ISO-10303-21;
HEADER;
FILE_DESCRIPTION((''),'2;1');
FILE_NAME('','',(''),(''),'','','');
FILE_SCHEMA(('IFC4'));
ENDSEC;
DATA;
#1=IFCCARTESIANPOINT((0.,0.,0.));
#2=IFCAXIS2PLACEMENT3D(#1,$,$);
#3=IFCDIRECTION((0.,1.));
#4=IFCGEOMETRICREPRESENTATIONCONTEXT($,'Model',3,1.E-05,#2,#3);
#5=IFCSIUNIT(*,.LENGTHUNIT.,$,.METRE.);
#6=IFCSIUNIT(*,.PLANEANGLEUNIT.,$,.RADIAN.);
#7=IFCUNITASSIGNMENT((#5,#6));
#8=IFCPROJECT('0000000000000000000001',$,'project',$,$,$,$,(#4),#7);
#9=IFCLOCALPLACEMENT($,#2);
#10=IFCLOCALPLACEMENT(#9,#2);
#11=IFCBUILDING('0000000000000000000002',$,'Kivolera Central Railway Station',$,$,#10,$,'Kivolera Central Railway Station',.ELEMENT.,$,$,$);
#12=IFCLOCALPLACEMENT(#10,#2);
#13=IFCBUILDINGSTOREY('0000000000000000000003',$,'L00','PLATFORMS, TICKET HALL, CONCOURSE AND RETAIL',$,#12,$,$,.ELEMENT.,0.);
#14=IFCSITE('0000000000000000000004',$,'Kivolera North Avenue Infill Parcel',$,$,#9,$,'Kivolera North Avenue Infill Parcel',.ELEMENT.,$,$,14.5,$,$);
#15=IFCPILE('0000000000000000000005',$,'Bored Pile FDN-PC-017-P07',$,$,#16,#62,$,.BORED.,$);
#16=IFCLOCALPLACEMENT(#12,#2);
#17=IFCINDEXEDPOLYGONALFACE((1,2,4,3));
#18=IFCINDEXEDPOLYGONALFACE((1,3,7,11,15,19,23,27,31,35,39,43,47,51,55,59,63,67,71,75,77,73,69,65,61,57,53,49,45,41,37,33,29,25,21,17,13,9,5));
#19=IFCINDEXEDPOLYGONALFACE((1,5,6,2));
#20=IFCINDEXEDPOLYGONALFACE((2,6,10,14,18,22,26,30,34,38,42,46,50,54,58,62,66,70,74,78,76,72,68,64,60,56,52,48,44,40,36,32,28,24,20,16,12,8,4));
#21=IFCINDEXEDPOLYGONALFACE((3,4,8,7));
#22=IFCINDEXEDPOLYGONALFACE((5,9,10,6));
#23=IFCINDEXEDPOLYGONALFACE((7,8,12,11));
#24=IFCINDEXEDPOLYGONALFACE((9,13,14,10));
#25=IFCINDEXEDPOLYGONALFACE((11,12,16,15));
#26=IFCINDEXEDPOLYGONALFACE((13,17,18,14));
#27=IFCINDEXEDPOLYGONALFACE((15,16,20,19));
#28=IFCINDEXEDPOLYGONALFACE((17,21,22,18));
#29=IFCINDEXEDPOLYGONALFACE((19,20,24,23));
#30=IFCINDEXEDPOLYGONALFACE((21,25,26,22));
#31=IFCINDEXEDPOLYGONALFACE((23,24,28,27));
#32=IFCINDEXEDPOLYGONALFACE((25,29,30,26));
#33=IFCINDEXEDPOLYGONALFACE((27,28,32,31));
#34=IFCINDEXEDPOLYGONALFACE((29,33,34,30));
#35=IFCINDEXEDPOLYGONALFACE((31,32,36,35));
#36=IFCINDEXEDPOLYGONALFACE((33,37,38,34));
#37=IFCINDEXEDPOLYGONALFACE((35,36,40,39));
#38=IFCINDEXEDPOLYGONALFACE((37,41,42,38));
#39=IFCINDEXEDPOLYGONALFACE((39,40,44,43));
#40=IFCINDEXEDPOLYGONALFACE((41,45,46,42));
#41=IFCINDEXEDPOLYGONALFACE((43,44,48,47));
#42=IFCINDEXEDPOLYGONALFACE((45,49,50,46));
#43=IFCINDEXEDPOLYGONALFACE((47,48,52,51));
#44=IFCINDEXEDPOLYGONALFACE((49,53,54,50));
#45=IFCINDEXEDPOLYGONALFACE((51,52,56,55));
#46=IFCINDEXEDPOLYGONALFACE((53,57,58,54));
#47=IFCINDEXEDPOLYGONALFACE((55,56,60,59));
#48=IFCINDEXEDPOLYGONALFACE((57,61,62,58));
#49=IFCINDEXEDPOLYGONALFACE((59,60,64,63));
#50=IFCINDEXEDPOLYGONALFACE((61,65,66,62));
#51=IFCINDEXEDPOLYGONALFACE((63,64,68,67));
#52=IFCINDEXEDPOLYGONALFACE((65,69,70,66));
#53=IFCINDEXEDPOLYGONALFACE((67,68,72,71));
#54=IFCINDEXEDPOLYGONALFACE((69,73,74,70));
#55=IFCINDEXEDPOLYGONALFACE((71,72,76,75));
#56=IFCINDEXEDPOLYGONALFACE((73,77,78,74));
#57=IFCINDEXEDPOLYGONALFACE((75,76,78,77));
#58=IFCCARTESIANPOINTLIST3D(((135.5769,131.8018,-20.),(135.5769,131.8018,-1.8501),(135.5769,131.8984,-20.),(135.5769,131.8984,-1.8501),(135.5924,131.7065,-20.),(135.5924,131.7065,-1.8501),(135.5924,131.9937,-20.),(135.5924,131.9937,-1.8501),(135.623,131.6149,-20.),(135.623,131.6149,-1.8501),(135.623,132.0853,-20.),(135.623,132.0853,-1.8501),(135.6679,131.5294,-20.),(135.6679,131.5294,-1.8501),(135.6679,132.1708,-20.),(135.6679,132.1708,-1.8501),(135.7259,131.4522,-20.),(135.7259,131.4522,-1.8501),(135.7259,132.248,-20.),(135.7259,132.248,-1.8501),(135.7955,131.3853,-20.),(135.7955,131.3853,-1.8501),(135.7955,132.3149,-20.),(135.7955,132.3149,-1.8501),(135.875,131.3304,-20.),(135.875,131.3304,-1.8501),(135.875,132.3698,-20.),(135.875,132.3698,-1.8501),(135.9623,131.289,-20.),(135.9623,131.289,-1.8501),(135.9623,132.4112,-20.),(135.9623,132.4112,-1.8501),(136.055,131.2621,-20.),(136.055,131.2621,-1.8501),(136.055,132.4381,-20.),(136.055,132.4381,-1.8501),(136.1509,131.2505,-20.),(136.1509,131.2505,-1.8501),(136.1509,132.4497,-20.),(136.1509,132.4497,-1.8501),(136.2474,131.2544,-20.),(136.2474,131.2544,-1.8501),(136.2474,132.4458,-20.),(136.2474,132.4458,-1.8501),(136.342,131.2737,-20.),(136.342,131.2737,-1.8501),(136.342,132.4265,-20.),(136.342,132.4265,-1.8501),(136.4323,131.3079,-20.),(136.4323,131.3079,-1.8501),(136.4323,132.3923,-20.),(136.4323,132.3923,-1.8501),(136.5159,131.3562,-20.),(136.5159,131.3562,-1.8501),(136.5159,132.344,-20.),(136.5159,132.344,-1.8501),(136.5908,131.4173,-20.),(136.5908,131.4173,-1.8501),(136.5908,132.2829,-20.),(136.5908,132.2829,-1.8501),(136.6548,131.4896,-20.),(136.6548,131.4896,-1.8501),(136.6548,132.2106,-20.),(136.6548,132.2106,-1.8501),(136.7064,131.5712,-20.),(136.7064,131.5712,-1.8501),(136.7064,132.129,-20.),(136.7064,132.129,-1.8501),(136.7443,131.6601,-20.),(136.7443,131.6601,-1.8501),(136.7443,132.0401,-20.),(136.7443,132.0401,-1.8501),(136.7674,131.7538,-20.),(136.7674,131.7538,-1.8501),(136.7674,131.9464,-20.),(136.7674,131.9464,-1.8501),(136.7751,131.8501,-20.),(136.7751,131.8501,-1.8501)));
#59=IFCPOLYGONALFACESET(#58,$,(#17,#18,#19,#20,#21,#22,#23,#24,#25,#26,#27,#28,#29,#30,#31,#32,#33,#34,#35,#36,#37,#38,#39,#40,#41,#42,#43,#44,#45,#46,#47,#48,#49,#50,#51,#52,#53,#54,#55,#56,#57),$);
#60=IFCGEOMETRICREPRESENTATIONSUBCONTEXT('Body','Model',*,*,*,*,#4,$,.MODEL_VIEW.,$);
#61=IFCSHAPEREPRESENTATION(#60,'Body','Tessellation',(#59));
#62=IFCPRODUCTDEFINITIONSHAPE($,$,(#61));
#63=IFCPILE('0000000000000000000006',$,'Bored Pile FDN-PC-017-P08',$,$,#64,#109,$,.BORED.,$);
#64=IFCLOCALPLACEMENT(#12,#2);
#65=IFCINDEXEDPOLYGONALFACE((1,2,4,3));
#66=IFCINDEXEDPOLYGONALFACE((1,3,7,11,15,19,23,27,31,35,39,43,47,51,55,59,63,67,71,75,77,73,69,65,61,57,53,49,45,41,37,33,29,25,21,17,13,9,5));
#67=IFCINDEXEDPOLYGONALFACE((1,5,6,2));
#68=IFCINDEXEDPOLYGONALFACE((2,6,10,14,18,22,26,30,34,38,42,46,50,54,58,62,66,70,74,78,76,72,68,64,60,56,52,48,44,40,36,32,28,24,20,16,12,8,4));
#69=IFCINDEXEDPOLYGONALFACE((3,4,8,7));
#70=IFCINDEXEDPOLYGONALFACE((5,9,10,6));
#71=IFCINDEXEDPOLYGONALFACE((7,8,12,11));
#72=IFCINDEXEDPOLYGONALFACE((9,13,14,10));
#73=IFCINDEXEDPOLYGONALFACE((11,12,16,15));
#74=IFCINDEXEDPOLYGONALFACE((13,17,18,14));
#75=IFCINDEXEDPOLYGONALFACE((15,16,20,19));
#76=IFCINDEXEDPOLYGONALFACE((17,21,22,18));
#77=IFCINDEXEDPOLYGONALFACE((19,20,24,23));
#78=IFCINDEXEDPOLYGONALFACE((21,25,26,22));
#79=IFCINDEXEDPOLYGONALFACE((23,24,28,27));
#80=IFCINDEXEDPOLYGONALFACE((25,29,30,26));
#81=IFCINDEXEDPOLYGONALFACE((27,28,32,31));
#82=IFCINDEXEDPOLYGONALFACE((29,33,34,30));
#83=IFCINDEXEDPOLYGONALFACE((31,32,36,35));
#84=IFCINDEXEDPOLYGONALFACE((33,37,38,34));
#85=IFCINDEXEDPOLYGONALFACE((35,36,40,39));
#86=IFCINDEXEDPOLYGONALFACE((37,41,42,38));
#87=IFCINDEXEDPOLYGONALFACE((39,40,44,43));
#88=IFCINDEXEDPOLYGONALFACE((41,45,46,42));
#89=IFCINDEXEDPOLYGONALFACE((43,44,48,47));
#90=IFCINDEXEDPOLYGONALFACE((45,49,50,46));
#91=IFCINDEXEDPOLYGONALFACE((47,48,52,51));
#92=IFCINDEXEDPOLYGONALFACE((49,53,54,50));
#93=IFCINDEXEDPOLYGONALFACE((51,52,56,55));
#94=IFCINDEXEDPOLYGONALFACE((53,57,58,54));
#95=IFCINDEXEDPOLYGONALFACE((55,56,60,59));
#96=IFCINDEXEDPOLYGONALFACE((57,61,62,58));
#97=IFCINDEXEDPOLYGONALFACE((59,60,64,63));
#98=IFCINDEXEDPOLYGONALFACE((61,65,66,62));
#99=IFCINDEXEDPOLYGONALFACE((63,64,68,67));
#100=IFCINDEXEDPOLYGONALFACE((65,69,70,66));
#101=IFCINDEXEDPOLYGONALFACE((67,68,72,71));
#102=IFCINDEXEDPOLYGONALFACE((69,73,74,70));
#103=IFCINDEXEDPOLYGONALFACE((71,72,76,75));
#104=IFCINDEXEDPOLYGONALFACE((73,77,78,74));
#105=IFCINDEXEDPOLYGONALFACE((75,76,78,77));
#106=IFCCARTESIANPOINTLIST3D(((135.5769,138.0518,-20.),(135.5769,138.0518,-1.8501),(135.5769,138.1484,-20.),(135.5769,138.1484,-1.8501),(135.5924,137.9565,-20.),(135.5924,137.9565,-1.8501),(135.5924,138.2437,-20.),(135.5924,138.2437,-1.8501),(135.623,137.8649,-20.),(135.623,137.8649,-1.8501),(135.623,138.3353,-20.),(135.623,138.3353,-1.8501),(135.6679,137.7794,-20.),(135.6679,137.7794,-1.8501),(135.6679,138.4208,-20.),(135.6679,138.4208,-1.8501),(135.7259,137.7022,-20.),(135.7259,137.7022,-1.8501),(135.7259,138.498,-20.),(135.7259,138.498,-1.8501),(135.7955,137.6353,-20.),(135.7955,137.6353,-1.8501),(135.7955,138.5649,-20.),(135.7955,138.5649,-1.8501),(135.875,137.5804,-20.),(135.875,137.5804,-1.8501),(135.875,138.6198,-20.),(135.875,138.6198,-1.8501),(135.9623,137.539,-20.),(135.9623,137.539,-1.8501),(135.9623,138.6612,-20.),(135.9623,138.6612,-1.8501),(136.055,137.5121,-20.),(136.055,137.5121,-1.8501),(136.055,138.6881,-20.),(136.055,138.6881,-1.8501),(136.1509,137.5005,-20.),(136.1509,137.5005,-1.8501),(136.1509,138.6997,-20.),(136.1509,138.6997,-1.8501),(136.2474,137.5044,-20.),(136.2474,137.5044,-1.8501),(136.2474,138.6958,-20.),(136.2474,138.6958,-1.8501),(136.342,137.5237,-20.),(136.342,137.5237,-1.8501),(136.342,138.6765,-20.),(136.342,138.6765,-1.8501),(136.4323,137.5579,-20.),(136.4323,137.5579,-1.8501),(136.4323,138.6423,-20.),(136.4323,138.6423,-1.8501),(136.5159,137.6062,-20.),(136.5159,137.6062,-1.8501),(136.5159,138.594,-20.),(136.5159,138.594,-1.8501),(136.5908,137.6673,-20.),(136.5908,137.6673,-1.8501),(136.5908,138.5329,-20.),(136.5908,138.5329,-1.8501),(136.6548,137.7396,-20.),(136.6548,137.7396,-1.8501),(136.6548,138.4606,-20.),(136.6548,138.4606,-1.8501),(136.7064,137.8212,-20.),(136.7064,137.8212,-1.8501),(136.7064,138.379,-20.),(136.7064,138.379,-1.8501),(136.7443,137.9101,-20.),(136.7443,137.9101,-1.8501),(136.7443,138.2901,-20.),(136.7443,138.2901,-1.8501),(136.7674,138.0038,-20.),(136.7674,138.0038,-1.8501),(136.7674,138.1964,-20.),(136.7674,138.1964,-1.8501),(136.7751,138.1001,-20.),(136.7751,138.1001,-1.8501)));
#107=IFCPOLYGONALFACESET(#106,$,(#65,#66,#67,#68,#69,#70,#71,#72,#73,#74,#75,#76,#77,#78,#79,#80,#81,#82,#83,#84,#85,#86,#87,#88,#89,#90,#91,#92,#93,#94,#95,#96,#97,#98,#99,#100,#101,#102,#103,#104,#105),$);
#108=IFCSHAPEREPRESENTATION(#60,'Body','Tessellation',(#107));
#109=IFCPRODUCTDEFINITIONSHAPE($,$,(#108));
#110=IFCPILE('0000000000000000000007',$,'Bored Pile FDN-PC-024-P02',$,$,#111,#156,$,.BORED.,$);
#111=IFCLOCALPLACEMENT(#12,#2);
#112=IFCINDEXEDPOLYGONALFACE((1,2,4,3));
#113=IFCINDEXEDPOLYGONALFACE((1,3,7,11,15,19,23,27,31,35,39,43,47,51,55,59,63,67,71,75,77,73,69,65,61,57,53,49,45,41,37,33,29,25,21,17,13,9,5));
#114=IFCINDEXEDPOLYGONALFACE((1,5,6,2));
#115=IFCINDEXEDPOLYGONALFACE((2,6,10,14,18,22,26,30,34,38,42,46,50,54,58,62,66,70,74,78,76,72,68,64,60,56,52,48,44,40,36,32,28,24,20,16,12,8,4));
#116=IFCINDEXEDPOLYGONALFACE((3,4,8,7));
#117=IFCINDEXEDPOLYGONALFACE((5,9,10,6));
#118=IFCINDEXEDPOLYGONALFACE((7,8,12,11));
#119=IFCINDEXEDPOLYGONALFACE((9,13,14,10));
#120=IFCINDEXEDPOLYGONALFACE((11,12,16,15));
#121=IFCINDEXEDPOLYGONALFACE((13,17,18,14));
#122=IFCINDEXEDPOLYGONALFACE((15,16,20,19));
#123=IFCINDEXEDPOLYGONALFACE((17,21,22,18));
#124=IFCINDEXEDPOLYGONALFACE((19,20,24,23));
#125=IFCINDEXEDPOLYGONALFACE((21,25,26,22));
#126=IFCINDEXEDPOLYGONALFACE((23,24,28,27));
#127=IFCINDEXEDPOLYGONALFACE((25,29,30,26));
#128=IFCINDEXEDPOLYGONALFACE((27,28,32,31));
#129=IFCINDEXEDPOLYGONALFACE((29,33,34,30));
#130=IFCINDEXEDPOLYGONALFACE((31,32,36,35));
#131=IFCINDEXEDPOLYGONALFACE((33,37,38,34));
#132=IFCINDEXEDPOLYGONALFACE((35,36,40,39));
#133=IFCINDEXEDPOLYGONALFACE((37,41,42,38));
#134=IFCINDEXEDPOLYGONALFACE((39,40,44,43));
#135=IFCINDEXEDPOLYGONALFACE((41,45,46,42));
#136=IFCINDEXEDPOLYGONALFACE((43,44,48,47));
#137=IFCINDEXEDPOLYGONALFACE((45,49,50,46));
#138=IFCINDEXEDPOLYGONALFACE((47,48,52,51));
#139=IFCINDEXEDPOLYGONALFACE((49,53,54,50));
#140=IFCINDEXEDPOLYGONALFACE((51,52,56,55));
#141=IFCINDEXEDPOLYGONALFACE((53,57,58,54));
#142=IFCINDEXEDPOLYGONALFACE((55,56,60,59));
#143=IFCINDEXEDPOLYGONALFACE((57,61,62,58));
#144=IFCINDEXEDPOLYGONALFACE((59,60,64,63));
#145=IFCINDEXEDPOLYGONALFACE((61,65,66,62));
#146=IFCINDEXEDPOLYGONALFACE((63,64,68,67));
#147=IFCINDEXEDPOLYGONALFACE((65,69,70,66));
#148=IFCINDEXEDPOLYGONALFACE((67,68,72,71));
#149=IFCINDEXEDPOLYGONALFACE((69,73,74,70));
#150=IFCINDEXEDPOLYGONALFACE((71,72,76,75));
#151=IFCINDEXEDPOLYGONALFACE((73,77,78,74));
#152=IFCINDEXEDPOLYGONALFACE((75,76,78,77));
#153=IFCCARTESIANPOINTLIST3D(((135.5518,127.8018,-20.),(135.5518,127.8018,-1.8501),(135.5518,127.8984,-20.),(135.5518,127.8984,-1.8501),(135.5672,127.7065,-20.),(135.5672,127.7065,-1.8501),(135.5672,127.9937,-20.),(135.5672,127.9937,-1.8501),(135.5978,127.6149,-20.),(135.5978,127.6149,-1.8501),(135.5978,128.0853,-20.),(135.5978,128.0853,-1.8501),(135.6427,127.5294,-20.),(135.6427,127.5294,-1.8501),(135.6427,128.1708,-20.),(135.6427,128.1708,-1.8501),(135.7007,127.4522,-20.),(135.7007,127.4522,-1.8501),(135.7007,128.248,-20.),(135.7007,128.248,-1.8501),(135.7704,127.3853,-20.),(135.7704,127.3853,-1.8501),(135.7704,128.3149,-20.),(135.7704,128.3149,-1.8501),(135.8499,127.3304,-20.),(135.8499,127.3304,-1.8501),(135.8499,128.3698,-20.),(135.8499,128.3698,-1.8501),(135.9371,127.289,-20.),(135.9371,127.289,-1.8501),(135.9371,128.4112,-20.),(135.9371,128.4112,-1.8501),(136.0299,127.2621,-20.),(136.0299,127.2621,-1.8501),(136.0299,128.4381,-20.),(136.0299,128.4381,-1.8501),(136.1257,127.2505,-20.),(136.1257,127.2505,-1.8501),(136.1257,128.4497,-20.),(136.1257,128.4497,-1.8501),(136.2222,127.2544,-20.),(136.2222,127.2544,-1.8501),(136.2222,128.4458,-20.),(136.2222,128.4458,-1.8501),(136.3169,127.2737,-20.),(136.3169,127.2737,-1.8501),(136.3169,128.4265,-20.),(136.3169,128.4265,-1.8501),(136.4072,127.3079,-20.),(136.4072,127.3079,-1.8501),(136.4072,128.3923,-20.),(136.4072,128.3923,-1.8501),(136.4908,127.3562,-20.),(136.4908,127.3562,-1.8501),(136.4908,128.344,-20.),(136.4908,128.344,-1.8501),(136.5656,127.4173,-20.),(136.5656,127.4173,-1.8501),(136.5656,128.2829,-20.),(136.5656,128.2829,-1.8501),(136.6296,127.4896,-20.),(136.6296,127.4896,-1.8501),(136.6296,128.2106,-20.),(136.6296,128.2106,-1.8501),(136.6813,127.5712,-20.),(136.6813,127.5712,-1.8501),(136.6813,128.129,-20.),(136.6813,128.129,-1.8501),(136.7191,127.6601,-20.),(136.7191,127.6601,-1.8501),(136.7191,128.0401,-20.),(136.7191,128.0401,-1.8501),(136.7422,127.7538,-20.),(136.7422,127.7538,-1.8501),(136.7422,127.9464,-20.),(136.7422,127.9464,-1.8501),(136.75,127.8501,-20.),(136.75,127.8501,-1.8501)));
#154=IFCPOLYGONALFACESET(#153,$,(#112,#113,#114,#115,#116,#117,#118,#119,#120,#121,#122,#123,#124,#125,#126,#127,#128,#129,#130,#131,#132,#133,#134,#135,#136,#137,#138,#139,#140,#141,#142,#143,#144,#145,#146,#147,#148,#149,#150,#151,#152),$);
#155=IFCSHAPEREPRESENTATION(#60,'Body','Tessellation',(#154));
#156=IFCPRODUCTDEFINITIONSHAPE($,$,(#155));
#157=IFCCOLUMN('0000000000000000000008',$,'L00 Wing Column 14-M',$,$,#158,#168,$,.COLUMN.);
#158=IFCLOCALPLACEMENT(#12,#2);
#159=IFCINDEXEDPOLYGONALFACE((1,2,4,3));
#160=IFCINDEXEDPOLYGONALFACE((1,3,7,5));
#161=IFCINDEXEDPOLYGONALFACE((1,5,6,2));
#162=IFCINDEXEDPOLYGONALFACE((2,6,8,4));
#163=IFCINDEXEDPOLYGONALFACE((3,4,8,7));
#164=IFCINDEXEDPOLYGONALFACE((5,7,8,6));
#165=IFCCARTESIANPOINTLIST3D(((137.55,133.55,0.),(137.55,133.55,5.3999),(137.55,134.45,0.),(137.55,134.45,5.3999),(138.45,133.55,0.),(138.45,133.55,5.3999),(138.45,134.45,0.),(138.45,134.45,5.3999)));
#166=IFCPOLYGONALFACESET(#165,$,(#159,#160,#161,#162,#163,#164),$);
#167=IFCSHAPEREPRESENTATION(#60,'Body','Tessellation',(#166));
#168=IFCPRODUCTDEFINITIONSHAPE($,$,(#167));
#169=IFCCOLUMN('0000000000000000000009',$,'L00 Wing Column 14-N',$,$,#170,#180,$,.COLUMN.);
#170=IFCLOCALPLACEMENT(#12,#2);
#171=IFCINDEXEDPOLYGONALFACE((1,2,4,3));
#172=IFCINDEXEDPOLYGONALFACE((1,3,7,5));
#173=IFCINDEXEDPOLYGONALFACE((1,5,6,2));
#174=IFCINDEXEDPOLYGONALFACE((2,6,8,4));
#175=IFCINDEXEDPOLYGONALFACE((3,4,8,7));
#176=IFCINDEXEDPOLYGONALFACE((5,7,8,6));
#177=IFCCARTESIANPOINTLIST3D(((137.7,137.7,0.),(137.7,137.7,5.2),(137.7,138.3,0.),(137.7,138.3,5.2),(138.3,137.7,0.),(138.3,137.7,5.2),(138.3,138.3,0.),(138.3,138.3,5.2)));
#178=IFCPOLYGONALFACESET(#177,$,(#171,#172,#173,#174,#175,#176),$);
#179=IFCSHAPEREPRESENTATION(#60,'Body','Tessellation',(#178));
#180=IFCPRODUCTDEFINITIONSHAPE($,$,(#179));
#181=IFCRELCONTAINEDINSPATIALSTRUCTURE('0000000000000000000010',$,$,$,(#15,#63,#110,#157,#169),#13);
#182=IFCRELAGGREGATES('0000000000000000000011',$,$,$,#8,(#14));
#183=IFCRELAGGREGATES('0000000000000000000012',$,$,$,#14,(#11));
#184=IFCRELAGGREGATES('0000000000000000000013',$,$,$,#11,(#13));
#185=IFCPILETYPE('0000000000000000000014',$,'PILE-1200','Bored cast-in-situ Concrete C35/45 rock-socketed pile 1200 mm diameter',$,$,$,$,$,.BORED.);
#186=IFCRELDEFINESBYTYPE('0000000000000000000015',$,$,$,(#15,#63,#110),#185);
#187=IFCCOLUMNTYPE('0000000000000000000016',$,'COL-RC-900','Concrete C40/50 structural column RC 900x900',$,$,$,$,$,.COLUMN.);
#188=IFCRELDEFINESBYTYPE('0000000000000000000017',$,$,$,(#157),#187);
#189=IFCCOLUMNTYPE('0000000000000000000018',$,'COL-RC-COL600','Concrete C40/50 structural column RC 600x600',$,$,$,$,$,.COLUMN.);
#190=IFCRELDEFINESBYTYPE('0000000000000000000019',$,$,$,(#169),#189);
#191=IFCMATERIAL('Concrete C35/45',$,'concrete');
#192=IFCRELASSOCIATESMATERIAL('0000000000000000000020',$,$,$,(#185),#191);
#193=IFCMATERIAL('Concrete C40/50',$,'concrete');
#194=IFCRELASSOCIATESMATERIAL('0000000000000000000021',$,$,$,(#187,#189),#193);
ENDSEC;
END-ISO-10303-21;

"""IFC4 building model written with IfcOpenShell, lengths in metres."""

from ifc_helpers import new_model, si_unit, direction, frame, origin, origin_2d, place, context, subcontext, project, spatial, rectangle, circle, extrude, material, material_profile, profile_set, type_object, element, save


model = new_model("IFC4")

# Units and contexts
model_context = context("Model", 3, precision=1e-05, world=origin(), true_north=direction((0.0, 1.0)))
body_context = subcontext(model_context, "Body", "Model", "MODEL_VIEW")
ifc_project = project(units=[si_unit("LENGTHUNIT", "METRE"), si_unit("PLANEANGLEUNIT", "RADIAN")], contexts=[model_context])

# Site, building, storey
site_placement = place(None, origin())
site = spatial("IfcSite", under=ifc_project, at=site_placement, Name="Kivolera North Avenue Infill Parcel", LongName="Kivolera North Avenue Infill Parcel", CompositionType="ELEMENT", RefElevation=14.5)
building_placement = place(site_placement, origin())
building = spatial("IfcBuilding", under=site, at=building_placement, Name="Kivolera Central Railway Station", LongName="Kivolera Central Railway Station", CompositionType="ELEMENT")
storey_placement = place(building_placement, origin())
storey = spatial("IfcBuildingStorey", under=building, at=storey_placement, Name="L00", Description="PLATFORMS, TICKET HALL, CONCOURSE AND RETAIL", CompositionType="ELEMENT", Elevation=0.0)

# Shared definitions
ifc_material_1 = material(Name="Concrete C35/45", Category="concrete")

# Piles
ifc_material_profile_1 = material_profile(ifc_material_1, circle(Radius=0.6001, at=origin_2d()), Name="PILE D1200")
ifc_profile_set_1 = profile_set([ifc_material_profile_1], Name="Concrete C35/45")
pile_type = type_object("IfcPileType", Name="PILE-1200", Description="Bored cast-in-situ Concrete C35/45 rock-socketed pile 1200 mm diameter", PredefinedType="BORED", material=ifc_profile_set_1)
for number, where, z_axis, x_axis, name in (
    (1, (136.175, 131.8501, -1.8501), (0.0, 0.0, -1.0), (1.0, 0.0, 0.0), "Bored Pile FDN-PC-017-P07"),
    (2, (136.175, 138.1001, -1.8501), (0.0, 0.0, -1.0), (1.0, 0.0, 0.0), "Bored Pile FDN-PC-017-P08"),
    (3, (136.1499, 127.8501, -1.8501), (0.0, 0.0, -1.0), (1.0, 0.0, 0.0), "Bored Pile FDN-PC-024-P02"),
):
    element("IfcPile", number, at=place(storey_placement, frame(where, z_axis=z_axis, x_axis=x_axis)), inside=storey, type_object=pile_type, Name=name, PredefinedType="BORED", context=body_context, shape_type="SweptSolid", body=[
        extrude(circle(Radius=0.6001, at=origin_2d()), origin(), (0.0, 0.0, 1.0), 18.1499),
    ])

# Columns
ifc_material_2 = material(Name="Concrete C40/50", Category="concrete")
ifc_material_profile_2 = material_profile(ifc_material_2, rectangle(XDim=0.8999, YDim=0.8999, at=origin_2d()), Name="RC 900x900")
ifc_profile_set_2 = profile_set([ifc_material_profile_2], Name="Concrete C40/50")
column_type_1 = type_object("IfcColumnType", Name="COL-RC-900", Description="Concrete C40/50 structural column RC 900x900", PredefinedType="COLUMN", material=ifc_profile_set_2)
column_1_placement = place(storey_placement, frame((138.0, 134.0, 0.0), z_axis=(0.0, 0.0, 1.0), x_axis=(1.0, 0.0, 0.0)))
element("IfcColumn", 4, at=column_1_placement, inside=storey, type_object=column_type_1, Name="L00 Wing Column 14-M", PredefinedType="COLUMN", context=body_context, shape_type="SweptSolid", body=[
    extrude(rectangle(XDim=0.8999, YDim=0.8999, at=origin_2d()), origin(), (0.0, 0.0, 1.0), 5.3999),
])
ifc_material_profile_3 = material_profile(ifc_material_2, rectangle(XDim=0.6001, YDim=0.6001, at=origin_2d()), Name="RC 600x600")
ifc_profile_set_3 = profile_set([ifc_material_profile_3], Name="Concrete C40/50")
column_type_2 = type_object("IfcColumnType", Name="COL-RC-COL600", Description="Concrete C40/50 structural column RC 600x600", PredefinedType="COLUMN", material=ifc_profile_set_3)
column_2_placement = place(storey_placement, frame((138.0, 138.0, 0.0), z_axis=(0.0, 0.0, 1.0), x_axis=(1.0, 0.0, 0.0)))
element("IfcColumn", 5, at=column_2_placement, inside=storey, type_object=column_type_2, Name="L00 Wing Column 14-N", PredefinedType="COLUMN", context=body_context, shape_type="SweptSolid", body=[
    extrude(rectangle(XDim=0.6001, YDim=0.6001, at=origin_2d()), origin(), (0.0, 0.0, 1.0), 5.2),
])

save(model, "model.ifc")
